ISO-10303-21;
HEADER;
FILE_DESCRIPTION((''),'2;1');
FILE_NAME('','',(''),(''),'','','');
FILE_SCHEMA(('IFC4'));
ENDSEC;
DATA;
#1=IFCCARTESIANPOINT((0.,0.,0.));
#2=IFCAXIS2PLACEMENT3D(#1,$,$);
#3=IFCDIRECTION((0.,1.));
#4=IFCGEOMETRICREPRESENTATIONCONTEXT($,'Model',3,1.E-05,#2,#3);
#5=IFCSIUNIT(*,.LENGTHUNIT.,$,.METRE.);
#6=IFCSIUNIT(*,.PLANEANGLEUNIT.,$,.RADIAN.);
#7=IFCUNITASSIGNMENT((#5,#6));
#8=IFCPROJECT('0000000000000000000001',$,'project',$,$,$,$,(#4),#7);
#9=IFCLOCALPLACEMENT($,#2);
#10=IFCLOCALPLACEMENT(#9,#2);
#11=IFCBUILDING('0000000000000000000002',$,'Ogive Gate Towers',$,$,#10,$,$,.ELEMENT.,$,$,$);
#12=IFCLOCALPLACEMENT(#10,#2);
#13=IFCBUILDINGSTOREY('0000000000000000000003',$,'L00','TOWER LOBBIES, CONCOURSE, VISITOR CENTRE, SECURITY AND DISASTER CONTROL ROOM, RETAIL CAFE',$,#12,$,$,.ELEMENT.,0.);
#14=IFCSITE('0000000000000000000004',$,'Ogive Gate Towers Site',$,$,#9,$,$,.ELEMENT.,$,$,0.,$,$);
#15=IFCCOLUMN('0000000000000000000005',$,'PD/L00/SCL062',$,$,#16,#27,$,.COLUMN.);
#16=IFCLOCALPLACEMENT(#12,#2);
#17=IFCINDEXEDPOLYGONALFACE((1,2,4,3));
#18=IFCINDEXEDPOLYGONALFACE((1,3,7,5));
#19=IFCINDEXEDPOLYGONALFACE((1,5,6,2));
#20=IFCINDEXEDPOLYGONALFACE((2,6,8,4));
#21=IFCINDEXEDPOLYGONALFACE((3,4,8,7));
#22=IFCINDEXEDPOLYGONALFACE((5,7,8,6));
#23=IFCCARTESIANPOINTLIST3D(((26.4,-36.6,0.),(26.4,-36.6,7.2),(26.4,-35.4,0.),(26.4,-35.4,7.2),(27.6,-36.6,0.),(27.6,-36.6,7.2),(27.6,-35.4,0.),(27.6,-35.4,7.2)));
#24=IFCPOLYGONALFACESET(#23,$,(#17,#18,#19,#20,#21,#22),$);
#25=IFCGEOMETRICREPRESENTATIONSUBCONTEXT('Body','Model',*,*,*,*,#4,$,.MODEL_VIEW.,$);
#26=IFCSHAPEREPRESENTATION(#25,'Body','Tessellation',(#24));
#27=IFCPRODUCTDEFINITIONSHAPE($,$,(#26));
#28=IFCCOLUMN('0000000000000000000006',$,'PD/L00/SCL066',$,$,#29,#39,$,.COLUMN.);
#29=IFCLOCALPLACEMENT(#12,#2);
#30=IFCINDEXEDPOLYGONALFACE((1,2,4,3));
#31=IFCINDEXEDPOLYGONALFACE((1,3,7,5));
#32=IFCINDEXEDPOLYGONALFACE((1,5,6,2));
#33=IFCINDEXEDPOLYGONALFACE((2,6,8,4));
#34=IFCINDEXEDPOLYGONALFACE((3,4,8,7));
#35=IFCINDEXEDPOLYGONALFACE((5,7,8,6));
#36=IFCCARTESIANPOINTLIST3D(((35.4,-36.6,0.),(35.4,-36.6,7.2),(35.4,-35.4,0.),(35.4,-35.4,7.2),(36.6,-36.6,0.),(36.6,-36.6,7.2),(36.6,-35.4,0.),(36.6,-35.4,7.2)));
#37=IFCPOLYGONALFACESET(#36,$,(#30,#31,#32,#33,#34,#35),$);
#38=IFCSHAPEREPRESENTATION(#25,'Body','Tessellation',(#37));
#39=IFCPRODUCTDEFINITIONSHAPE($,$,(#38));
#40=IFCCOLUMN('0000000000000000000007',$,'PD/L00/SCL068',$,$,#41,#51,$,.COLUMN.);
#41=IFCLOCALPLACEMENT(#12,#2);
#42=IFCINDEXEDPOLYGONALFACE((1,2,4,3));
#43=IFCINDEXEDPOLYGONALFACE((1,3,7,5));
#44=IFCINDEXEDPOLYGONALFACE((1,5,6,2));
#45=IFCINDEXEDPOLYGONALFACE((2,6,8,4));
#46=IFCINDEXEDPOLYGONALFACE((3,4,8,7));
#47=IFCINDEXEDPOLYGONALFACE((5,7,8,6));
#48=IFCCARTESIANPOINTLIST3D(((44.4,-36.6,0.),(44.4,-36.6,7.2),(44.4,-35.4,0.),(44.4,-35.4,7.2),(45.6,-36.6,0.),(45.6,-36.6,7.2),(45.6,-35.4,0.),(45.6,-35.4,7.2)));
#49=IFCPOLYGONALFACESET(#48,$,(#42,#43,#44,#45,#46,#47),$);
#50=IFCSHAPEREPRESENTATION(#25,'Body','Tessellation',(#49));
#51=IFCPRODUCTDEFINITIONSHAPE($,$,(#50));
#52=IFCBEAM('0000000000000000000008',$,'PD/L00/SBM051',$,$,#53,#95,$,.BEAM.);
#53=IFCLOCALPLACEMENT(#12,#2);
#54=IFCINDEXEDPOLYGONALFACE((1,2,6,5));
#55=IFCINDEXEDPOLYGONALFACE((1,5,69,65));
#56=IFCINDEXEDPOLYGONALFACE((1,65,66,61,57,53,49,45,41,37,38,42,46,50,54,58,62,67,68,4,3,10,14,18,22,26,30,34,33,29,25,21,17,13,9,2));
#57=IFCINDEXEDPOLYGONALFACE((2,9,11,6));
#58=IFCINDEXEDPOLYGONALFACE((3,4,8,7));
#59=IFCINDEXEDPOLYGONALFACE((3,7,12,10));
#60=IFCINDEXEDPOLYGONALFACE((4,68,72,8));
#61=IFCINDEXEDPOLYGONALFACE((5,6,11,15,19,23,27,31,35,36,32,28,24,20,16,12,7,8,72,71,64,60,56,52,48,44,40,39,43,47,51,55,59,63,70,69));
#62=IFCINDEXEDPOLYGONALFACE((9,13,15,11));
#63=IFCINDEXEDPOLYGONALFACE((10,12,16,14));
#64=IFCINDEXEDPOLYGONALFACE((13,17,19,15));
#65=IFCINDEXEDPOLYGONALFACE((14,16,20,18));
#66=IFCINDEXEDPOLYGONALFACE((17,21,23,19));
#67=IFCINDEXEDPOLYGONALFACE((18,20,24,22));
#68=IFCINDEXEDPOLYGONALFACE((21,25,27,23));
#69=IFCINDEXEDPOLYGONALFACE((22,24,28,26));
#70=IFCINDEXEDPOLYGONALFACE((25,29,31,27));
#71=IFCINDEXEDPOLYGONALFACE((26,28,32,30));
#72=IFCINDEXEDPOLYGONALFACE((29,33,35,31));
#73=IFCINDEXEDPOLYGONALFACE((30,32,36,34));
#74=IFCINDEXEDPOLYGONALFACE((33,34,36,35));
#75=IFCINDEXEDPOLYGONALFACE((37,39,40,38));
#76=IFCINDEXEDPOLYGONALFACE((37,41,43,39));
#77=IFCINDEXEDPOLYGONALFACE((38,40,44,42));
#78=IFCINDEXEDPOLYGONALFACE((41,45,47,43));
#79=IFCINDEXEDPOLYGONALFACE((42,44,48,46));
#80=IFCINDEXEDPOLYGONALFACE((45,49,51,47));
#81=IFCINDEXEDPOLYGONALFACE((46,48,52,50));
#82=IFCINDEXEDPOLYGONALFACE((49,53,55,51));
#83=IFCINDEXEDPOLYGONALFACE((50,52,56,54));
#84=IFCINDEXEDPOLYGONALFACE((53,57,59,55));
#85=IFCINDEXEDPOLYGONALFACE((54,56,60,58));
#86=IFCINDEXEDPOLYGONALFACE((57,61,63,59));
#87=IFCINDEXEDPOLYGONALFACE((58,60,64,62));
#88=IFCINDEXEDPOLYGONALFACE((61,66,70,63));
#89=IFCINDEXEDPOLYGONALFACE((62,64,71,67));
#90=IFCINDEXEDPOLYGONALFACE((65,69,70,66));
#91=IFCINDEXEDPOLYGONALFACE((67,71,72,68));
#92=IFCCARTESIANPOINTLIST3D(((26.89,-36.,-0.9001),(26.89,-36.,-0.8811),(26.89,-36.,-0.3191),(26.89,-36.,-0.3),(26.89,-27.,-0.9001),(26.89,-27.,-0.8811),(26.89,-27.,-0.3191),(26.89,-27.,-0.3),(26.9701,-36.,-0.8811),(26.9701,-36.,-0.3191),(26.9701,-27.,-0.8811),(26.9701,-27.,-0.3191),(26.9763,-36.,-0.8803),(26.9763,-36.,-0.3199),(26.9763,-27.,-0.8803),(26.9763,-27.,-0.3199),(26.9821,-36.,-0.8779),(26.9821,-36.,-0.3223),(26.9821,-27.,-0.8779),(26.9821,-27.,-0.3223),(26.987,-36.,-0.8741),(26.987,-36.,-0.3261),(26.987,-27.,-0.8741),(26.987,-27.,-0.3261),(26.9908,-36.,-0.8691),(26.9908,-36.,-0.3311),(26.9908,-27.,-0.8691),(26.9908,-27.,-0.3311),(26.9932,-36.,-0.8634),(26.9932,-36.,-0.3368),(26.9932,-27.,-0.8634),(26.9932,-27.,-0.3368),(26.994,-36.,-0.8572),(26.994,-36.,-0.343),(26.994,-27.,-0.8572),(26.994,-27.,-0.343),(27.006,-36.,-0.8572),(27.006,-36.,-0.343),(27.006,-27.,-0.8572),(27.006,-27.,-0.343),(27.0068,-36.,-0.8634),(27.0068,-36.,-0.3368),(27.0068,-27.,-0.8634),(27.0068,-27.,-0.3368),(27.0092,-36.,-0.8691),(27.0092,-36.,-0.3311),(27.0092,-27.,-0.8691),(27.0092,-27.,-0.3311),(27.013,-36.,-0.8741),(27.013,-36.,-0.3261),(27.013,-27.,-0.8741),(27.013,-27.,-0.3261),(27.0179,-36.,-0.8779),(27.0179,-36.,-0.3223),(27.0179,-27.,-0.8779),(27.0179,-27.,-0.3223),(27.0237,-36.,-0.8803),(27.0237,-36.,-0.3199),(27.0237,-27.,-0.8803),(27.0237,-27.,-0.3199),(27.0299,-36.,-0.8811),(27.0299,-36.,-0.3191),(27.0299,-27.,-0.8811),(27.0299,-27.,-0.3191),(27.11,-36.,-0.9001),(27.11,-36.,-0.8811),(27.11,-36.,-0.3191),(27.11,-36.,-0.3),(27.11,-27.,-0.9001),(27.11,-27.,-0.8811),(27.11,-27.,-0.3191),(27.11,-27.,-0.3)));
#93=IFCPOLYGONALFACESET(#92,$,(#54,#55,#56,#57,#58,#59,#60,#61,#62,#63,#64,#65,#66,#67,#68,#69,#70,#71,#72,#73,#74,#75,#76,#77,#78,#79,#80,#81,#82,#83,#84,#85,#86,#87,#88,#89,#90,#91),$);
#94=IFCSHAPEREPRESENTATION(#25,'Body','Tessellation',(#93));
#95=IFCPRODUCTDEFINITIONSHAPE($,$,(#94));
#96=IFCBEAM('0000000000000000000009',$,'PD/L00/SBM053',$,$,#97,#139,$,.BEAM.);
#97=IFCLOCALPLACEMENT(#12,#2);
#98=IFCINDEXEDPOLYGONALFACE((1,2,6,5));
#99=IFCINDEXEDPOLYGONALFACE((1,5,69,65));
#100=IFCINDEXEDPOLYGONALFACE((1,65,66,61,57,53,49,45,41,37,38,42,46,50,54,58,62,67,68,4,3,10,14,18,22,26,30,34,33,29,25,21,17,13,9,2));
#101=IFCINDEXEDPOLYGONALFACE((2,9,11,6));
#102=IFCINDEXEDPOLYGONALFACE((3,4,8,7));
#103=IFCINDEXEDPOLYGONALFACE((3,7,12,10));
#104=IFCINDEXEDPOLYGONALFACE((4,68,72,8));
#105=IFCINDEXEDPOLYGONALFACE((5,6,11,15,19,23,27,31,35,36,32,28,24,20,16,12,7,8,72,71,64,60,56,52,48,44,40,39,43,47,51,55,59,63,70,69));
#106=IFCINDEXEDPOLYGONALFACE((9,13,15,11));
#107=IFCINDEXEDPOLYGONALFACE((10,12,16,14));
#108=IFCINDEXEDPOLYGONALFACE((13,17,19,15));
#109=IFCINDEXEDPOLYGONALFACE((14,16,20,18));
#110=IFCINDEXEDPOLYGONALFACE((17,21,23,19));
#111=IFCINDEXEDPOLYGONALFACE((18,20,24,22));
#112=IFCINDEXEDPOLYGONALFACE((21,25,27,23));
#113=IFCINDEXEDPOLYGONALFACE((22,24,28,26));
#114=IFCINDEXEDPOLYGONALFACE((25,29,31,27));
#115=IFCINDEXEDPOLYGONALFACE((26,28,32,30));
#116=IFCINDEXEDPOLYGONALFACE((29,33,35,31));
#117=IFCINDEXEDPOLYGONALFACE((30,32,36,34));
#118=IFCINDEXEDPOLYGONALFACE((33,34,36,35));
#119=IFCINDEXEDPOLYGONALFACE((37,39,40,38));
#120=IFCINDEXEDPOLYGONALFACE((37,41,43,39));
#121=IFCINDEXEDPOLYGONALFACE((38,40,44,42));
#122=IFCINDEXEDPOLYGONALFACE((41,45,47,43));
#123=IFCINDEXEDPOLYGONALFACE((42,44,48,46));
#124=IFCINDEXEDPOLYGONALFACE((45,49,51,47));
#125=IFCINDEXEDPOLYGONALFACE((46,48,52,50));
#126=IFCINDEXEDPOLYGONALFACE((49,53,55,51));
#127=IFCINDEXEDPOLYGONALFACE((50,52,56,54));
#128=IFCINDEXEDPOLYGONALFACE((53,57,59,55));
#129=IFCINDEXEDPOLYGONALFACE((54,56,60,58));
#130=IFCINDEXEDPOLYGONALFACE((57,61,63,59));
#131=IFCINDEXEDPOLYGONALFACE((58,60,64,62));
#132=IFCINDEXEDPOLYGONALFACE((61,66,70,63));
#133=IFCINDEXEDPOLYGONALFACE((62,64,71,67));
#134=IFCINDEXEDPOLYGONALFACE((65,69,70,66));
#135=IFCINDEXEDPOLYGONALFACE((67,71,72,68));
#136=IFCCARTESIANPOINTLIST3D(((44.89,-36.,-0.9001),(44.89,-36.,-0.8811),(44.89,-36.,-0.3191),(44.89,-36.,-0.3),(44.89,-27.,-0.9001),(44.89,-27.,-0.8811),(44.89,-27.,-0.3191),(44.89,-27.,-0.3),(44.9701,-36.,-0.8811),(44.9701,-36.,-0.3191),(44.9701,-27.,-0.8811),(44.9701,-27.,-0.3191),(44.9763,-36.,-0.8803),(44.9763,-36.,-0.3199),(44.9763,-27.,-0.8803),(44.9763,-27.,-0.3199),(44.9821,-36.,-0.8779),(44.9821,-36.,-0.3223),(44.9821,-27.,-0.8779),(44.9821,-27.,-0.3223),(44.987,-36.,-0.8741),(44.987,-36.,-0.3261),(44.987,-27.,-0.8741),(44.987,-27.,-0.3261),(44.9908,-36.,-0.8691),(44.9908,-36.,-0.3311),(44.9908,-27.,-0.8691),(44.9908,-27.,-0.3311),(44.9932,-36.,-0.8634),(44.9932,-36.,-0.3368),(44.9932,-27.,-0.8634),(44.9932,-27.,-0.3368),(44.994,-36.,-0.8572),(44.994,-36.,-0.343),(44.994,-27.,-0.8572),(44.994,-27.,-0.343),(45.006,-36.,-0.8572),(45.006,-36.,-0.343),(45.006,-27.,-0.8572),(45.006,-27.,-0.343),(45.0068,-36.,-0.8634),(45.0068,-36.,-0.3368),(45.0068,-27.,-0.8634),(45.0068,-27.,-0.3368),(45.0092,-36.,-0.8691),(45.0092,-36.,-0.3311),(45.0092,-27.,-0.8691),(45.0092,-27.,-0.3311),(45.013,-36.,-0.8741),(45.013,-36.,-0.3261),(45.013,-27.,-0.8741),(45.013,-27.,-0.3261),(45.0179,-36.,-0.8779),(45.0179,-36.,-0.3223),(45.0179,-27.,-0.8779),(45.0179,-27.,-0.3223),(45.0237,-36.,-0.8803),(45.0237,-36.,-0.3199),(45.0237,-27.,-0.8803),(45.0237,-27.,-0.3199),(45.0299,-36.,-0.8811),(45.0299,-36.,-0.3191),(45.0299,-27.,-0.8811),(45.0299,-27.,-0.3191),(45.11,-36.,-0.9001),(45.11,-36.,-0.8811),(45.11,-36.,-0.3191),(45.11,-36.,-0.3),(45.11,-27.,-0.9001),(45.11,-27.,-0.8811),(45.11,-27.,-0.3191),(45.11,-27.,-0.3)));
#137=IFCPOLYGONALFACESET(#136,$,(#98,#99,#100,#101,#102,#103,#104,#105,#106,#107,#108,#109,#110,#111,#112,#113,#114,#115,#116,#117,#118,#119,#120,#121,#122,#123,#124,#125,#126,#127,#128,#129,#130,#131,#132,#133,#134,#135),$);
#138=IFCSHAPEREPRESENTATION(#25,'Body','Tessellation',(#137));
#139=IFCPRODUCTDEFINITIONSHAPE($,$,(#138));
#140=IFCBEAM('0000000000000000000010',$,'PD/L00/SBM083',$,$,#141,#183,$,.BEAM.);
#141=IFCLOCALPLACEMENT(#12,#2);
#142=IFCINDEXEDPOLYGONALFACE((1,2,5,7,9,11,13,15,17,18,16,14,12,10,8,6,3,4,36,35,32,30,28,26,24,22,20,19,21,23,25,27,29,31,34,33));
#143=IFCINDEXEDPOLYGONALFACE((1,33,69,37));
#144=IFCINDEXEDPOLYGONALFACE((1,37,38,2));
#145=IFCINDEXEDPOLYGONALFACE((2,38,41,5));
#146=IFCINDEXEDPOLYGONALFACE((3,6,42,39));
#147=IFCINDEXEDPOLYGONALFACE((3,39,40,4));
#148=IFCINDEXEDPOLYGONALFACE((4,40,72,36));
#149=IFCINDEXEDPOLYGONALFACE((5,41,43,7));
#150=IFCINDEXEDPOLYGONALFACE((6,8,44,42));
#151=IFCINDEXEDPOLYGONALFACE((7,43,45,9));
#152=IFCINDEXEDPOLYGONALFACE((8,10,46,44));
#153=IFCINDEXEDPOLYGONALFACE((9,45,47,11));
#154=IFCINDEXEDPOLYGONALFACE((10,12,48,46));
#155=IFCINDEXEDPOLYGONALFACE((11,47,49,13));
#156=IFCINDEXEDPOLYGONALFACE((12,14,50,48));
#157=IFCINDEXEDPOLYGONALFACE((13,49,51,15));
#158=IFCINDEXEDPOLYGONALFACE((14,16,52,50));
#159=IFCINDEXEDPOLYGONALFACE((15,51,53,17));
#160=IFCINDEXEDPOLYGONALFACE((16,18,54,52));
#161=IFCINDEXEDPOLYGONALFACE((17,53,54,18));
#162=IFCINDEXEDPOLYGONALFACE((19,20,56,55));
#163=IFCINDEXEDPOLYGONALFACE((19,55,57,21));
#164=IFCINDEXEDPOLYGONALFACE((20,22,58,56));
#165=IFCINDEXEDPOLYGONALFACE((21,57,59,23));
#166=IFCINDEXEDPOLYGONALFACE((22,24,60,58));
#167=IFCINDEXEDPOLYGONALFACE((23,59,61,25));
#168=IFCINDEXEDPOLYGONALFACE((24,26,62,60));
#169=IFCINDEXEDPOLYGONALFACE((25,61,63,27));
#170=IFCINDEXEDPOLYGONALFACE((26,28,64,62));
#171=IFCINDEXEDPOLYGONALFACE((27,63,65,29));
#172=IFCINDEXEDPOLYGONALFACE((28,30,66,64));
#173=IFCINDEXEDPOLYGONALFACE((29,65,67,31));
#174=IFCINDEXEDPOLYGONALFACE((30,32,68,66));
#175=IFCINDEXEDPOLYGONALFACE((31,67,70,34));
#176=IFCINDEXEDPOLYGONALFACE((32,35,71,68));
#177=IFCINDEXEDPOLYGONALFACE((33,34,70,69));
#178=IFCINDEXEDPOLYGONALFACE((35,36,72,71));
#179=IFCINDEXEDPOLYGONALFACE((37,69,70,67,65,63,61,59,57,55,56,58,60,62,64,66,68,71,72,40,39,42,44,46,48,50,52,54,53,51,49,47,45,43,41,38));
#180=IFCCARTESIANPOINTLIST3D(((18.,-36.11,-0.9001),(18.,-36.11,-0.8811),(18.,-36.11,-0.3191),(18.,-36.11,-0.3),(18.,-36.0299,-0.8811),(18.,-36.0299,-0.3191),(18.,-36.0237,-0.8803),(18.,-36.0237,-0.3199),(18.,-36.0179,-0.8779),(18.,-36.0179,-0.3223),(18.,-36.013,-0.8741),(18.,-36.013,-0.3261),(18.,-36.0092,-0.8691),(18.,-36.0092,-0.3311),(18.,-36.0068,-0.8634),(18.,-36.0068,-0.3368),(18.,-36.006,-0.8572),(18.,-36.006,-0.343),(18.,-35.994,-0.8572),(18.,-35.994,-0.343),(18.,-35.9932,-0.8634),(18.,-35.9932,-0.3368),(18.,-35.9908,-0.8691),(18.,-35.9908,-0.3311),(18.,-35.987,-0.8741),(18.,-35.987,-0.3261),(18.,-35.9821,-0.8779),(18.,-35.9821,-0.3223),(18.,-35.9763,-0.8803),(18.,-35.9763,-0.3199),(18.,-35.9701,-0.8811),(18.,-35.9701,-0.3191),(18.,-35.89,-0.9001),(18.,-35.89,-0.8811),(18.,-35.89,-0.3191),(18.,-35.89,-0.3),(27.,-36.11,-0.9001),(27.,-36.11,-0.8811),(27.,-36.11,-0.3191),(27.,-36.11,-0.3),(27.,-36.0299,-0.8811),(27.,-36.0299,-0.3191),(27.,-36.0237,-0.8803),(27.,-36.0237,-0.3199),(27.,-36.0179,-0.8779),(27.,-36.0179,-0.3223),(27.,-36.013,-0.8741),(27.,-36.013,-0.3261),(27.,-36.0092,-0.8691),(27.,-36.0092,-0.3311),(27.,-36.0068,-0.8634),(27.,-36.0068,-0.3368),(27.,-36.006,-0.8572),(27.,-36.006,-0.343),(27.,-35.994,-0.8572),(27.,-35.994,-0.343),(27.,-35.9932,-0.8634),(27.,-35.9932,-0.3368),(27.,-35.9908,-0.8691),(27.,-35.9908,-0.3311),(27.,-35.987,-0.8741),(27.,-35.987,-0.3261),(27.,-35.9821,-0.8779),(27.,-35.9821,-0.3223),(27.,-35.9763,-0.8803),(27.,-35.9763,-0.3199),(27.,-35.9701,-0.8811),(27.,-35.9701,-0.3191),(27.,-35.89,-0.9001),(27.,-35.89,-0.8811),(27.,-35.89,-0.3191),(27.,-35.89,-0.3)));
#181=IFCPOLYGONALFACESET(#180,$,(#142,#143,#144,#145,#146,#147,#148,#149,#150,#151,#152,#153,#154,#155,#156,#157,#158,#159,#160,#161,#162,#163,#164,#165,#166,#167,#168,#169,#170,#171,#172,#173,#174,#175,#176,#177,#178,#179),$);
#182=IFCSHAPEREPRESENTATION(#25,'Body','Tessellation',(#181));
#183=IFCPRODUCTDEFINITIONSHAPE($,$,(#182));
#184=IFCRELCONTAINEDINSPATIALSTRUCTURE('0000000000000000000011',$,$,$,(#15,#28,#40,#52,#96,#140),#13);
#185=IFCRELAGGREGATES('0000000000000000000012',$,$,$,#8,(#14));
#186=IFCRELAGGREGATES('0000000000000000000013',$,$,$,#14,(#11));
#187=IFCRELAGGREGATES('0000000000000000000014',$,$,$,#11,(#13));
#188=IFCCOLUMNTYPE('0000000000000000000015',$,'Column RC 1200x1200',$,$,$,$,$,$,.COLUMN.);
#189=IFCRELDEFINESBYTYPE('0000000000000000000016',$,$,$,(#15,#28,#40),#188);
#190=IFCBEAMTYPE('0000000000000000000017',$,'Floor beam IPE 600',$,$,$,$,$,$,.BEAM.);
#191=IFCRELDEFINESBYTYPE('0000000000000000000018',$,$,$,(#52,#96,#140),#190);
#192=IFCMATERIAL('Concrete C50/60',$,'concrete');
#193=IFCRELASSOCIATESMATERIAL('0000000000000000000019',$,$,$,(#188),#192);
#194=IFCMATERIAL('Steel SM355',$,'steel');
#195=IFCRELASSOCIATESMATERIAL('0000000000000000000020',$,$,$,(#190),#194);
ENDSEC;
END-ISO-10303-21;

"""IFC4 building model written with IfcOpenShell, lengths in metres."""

from ifc_helpers import new_model, si_unit, direction, frame, origin, origin_2d, place, context, subcontext, project, spatial, rectangle, i_section, extrude, material, material_profile, profile_set, type_object, element, save


model = new_model("IFC4")

# Units and contexts
model_context = context("Model", 3, precision=1e-05, world=origin(), true_north=direction((0.0, 1.0)))
body_context = subcontext(model_context, "Body", "Model", "MODEL_VIEW")
ifc_project = project(units=[si_unit("LENGTHUNIT", "METRE"), si_unit("PLANEANGLEUNIT", "RADIAN")], contexts=[model_context])

# Site, building, storey
site_placement = place(None, origin())
site = spatial("IfcSite", under=ifc_project, at=site_placement, Name="Ogive Gate Towers Site", CompositionType="ELEMENT", RefElevation=0.0)
building_placement = place(site_placement, origin())
building = spatial("IfcBuilding", under=site, at=building_placement, Name="Ogive Gate Towers", CompositionType="ELEMENT")
storey_placement = place(building_placement, origin())
storey = spatial("IfcBuildingStorey", under=building, at=storey_placement, Name="L00", Description="TOWER LOBBIES, CONCOURSE, VISITOR CENTRE, SECURITY AND DISASTER CONTROL ROOM, RETAIL CAFE", CompositionType="ELEMENT", Elevation=0.0)

# Columns
ifc_material_1 = material(Name="Concrete C50/60", Category="concrete")
ifc_material_profile_1 = material_profile(ifc_material_1, rectangle(XDim=1.2, YDim=1.2, at=origin_2d()), Name="RC 1200x1200")
ifc_profile_set_1 = profile_set([ifc_material_profile_1], Name="Concrete C50/60")
column_type = type_object("IfcColumnType", Name="Column RC 1200x1200", PredefinedType="COLUMN", material=ifc_profile_set_1)
for number, where, z_axis, x_axis, name in (
    (1, (27.0, -36.0, 0.0), (0.0, 0.0, 1.0), (1.0, 0.0, 0.0), "PD/L00/SCL062"),
    (2, (36.0, -36.0, 0.0), (0.0, 0.0, 1.0), (1.0, 0.0, 0.0), "PD/L00/SCL066"),
    (3, (45.0, -36.0, 0.0), (0.0, 0.0, 1.0), (1.0, 0.0, 0.0), "PD/L00/SCL068"),
):
    element("IfcColumn", number, at=place(storey_placement, frame(where, z_axis=z_axis, x_axis=x_axis)), inside=storey, type_object=column_type, Name=name, PredefinedType="COLUMN", context=body_context, shape_type="SweptSolid", body=[
        extrude(rectangle(XDim=1.2, YDim=1.2, at=origin_2d()), origin(), (0.0, 0.0, 1.0), 7.2),
    ])

# Beams
ifc_material_2 = material(Name="Steel SM355", Category="steel")
ifc_material_profile_2 = material_profile(ifc_material_2, i_section(OverallWidth=0.22, OverallDepth=0.6001, WebThickness=0.012, FlangeThickness=0.019, FilletRadius=0.0239, at=origin_2d()), Name="IPE 600")
ifc_profile_set_2 = profile_set([ifc_material_profile_2], Name="Steel SM355")
beam_type = type_object("IfcBeamType", Name="Floor beam IPE 600", PredefinedType="BEAM", material=ifc_profile_set_2)
for number, where, z_axis, x_axis, name in (
    (4, (27.0, -36.0, -0.6001), (0.0, 1.0, 0.0), (-1.0, 0.0, 0.0), "PD/L00/SBM051"),
    (5, (45.0, -36.0, -0.6001), (0.0, 1.0, 0.0), (-1.0, 0.0, 0.0), "PD/L00/SBM053"),
    (6, (18.0, -36.0, -0.6001), (1.0, 0.0, 0.0), (0.0, 1.0, 0.0), "PD/L00/SBM083"),
):
    element("IfcBeam", number, at=place(storey_placement, frame(where, z_axis=z_axis, x_axis=x_axis)), inside=storey, type_object=beam_type, Name=name, PredefinedType="BEAM", context=body_context, shape_type="SweptSolid", body=[
        extrude(i_section(OverallWidth=0.22, OverallDepth=0.6001, WebThickness=0.012, FlangeThickness=0.019, FilletRadius=0.0239, at=origin_2d()), origin(), (0.0, 0.0, 1.0), 9.0),
    ])

save(model, "model.ifc")
